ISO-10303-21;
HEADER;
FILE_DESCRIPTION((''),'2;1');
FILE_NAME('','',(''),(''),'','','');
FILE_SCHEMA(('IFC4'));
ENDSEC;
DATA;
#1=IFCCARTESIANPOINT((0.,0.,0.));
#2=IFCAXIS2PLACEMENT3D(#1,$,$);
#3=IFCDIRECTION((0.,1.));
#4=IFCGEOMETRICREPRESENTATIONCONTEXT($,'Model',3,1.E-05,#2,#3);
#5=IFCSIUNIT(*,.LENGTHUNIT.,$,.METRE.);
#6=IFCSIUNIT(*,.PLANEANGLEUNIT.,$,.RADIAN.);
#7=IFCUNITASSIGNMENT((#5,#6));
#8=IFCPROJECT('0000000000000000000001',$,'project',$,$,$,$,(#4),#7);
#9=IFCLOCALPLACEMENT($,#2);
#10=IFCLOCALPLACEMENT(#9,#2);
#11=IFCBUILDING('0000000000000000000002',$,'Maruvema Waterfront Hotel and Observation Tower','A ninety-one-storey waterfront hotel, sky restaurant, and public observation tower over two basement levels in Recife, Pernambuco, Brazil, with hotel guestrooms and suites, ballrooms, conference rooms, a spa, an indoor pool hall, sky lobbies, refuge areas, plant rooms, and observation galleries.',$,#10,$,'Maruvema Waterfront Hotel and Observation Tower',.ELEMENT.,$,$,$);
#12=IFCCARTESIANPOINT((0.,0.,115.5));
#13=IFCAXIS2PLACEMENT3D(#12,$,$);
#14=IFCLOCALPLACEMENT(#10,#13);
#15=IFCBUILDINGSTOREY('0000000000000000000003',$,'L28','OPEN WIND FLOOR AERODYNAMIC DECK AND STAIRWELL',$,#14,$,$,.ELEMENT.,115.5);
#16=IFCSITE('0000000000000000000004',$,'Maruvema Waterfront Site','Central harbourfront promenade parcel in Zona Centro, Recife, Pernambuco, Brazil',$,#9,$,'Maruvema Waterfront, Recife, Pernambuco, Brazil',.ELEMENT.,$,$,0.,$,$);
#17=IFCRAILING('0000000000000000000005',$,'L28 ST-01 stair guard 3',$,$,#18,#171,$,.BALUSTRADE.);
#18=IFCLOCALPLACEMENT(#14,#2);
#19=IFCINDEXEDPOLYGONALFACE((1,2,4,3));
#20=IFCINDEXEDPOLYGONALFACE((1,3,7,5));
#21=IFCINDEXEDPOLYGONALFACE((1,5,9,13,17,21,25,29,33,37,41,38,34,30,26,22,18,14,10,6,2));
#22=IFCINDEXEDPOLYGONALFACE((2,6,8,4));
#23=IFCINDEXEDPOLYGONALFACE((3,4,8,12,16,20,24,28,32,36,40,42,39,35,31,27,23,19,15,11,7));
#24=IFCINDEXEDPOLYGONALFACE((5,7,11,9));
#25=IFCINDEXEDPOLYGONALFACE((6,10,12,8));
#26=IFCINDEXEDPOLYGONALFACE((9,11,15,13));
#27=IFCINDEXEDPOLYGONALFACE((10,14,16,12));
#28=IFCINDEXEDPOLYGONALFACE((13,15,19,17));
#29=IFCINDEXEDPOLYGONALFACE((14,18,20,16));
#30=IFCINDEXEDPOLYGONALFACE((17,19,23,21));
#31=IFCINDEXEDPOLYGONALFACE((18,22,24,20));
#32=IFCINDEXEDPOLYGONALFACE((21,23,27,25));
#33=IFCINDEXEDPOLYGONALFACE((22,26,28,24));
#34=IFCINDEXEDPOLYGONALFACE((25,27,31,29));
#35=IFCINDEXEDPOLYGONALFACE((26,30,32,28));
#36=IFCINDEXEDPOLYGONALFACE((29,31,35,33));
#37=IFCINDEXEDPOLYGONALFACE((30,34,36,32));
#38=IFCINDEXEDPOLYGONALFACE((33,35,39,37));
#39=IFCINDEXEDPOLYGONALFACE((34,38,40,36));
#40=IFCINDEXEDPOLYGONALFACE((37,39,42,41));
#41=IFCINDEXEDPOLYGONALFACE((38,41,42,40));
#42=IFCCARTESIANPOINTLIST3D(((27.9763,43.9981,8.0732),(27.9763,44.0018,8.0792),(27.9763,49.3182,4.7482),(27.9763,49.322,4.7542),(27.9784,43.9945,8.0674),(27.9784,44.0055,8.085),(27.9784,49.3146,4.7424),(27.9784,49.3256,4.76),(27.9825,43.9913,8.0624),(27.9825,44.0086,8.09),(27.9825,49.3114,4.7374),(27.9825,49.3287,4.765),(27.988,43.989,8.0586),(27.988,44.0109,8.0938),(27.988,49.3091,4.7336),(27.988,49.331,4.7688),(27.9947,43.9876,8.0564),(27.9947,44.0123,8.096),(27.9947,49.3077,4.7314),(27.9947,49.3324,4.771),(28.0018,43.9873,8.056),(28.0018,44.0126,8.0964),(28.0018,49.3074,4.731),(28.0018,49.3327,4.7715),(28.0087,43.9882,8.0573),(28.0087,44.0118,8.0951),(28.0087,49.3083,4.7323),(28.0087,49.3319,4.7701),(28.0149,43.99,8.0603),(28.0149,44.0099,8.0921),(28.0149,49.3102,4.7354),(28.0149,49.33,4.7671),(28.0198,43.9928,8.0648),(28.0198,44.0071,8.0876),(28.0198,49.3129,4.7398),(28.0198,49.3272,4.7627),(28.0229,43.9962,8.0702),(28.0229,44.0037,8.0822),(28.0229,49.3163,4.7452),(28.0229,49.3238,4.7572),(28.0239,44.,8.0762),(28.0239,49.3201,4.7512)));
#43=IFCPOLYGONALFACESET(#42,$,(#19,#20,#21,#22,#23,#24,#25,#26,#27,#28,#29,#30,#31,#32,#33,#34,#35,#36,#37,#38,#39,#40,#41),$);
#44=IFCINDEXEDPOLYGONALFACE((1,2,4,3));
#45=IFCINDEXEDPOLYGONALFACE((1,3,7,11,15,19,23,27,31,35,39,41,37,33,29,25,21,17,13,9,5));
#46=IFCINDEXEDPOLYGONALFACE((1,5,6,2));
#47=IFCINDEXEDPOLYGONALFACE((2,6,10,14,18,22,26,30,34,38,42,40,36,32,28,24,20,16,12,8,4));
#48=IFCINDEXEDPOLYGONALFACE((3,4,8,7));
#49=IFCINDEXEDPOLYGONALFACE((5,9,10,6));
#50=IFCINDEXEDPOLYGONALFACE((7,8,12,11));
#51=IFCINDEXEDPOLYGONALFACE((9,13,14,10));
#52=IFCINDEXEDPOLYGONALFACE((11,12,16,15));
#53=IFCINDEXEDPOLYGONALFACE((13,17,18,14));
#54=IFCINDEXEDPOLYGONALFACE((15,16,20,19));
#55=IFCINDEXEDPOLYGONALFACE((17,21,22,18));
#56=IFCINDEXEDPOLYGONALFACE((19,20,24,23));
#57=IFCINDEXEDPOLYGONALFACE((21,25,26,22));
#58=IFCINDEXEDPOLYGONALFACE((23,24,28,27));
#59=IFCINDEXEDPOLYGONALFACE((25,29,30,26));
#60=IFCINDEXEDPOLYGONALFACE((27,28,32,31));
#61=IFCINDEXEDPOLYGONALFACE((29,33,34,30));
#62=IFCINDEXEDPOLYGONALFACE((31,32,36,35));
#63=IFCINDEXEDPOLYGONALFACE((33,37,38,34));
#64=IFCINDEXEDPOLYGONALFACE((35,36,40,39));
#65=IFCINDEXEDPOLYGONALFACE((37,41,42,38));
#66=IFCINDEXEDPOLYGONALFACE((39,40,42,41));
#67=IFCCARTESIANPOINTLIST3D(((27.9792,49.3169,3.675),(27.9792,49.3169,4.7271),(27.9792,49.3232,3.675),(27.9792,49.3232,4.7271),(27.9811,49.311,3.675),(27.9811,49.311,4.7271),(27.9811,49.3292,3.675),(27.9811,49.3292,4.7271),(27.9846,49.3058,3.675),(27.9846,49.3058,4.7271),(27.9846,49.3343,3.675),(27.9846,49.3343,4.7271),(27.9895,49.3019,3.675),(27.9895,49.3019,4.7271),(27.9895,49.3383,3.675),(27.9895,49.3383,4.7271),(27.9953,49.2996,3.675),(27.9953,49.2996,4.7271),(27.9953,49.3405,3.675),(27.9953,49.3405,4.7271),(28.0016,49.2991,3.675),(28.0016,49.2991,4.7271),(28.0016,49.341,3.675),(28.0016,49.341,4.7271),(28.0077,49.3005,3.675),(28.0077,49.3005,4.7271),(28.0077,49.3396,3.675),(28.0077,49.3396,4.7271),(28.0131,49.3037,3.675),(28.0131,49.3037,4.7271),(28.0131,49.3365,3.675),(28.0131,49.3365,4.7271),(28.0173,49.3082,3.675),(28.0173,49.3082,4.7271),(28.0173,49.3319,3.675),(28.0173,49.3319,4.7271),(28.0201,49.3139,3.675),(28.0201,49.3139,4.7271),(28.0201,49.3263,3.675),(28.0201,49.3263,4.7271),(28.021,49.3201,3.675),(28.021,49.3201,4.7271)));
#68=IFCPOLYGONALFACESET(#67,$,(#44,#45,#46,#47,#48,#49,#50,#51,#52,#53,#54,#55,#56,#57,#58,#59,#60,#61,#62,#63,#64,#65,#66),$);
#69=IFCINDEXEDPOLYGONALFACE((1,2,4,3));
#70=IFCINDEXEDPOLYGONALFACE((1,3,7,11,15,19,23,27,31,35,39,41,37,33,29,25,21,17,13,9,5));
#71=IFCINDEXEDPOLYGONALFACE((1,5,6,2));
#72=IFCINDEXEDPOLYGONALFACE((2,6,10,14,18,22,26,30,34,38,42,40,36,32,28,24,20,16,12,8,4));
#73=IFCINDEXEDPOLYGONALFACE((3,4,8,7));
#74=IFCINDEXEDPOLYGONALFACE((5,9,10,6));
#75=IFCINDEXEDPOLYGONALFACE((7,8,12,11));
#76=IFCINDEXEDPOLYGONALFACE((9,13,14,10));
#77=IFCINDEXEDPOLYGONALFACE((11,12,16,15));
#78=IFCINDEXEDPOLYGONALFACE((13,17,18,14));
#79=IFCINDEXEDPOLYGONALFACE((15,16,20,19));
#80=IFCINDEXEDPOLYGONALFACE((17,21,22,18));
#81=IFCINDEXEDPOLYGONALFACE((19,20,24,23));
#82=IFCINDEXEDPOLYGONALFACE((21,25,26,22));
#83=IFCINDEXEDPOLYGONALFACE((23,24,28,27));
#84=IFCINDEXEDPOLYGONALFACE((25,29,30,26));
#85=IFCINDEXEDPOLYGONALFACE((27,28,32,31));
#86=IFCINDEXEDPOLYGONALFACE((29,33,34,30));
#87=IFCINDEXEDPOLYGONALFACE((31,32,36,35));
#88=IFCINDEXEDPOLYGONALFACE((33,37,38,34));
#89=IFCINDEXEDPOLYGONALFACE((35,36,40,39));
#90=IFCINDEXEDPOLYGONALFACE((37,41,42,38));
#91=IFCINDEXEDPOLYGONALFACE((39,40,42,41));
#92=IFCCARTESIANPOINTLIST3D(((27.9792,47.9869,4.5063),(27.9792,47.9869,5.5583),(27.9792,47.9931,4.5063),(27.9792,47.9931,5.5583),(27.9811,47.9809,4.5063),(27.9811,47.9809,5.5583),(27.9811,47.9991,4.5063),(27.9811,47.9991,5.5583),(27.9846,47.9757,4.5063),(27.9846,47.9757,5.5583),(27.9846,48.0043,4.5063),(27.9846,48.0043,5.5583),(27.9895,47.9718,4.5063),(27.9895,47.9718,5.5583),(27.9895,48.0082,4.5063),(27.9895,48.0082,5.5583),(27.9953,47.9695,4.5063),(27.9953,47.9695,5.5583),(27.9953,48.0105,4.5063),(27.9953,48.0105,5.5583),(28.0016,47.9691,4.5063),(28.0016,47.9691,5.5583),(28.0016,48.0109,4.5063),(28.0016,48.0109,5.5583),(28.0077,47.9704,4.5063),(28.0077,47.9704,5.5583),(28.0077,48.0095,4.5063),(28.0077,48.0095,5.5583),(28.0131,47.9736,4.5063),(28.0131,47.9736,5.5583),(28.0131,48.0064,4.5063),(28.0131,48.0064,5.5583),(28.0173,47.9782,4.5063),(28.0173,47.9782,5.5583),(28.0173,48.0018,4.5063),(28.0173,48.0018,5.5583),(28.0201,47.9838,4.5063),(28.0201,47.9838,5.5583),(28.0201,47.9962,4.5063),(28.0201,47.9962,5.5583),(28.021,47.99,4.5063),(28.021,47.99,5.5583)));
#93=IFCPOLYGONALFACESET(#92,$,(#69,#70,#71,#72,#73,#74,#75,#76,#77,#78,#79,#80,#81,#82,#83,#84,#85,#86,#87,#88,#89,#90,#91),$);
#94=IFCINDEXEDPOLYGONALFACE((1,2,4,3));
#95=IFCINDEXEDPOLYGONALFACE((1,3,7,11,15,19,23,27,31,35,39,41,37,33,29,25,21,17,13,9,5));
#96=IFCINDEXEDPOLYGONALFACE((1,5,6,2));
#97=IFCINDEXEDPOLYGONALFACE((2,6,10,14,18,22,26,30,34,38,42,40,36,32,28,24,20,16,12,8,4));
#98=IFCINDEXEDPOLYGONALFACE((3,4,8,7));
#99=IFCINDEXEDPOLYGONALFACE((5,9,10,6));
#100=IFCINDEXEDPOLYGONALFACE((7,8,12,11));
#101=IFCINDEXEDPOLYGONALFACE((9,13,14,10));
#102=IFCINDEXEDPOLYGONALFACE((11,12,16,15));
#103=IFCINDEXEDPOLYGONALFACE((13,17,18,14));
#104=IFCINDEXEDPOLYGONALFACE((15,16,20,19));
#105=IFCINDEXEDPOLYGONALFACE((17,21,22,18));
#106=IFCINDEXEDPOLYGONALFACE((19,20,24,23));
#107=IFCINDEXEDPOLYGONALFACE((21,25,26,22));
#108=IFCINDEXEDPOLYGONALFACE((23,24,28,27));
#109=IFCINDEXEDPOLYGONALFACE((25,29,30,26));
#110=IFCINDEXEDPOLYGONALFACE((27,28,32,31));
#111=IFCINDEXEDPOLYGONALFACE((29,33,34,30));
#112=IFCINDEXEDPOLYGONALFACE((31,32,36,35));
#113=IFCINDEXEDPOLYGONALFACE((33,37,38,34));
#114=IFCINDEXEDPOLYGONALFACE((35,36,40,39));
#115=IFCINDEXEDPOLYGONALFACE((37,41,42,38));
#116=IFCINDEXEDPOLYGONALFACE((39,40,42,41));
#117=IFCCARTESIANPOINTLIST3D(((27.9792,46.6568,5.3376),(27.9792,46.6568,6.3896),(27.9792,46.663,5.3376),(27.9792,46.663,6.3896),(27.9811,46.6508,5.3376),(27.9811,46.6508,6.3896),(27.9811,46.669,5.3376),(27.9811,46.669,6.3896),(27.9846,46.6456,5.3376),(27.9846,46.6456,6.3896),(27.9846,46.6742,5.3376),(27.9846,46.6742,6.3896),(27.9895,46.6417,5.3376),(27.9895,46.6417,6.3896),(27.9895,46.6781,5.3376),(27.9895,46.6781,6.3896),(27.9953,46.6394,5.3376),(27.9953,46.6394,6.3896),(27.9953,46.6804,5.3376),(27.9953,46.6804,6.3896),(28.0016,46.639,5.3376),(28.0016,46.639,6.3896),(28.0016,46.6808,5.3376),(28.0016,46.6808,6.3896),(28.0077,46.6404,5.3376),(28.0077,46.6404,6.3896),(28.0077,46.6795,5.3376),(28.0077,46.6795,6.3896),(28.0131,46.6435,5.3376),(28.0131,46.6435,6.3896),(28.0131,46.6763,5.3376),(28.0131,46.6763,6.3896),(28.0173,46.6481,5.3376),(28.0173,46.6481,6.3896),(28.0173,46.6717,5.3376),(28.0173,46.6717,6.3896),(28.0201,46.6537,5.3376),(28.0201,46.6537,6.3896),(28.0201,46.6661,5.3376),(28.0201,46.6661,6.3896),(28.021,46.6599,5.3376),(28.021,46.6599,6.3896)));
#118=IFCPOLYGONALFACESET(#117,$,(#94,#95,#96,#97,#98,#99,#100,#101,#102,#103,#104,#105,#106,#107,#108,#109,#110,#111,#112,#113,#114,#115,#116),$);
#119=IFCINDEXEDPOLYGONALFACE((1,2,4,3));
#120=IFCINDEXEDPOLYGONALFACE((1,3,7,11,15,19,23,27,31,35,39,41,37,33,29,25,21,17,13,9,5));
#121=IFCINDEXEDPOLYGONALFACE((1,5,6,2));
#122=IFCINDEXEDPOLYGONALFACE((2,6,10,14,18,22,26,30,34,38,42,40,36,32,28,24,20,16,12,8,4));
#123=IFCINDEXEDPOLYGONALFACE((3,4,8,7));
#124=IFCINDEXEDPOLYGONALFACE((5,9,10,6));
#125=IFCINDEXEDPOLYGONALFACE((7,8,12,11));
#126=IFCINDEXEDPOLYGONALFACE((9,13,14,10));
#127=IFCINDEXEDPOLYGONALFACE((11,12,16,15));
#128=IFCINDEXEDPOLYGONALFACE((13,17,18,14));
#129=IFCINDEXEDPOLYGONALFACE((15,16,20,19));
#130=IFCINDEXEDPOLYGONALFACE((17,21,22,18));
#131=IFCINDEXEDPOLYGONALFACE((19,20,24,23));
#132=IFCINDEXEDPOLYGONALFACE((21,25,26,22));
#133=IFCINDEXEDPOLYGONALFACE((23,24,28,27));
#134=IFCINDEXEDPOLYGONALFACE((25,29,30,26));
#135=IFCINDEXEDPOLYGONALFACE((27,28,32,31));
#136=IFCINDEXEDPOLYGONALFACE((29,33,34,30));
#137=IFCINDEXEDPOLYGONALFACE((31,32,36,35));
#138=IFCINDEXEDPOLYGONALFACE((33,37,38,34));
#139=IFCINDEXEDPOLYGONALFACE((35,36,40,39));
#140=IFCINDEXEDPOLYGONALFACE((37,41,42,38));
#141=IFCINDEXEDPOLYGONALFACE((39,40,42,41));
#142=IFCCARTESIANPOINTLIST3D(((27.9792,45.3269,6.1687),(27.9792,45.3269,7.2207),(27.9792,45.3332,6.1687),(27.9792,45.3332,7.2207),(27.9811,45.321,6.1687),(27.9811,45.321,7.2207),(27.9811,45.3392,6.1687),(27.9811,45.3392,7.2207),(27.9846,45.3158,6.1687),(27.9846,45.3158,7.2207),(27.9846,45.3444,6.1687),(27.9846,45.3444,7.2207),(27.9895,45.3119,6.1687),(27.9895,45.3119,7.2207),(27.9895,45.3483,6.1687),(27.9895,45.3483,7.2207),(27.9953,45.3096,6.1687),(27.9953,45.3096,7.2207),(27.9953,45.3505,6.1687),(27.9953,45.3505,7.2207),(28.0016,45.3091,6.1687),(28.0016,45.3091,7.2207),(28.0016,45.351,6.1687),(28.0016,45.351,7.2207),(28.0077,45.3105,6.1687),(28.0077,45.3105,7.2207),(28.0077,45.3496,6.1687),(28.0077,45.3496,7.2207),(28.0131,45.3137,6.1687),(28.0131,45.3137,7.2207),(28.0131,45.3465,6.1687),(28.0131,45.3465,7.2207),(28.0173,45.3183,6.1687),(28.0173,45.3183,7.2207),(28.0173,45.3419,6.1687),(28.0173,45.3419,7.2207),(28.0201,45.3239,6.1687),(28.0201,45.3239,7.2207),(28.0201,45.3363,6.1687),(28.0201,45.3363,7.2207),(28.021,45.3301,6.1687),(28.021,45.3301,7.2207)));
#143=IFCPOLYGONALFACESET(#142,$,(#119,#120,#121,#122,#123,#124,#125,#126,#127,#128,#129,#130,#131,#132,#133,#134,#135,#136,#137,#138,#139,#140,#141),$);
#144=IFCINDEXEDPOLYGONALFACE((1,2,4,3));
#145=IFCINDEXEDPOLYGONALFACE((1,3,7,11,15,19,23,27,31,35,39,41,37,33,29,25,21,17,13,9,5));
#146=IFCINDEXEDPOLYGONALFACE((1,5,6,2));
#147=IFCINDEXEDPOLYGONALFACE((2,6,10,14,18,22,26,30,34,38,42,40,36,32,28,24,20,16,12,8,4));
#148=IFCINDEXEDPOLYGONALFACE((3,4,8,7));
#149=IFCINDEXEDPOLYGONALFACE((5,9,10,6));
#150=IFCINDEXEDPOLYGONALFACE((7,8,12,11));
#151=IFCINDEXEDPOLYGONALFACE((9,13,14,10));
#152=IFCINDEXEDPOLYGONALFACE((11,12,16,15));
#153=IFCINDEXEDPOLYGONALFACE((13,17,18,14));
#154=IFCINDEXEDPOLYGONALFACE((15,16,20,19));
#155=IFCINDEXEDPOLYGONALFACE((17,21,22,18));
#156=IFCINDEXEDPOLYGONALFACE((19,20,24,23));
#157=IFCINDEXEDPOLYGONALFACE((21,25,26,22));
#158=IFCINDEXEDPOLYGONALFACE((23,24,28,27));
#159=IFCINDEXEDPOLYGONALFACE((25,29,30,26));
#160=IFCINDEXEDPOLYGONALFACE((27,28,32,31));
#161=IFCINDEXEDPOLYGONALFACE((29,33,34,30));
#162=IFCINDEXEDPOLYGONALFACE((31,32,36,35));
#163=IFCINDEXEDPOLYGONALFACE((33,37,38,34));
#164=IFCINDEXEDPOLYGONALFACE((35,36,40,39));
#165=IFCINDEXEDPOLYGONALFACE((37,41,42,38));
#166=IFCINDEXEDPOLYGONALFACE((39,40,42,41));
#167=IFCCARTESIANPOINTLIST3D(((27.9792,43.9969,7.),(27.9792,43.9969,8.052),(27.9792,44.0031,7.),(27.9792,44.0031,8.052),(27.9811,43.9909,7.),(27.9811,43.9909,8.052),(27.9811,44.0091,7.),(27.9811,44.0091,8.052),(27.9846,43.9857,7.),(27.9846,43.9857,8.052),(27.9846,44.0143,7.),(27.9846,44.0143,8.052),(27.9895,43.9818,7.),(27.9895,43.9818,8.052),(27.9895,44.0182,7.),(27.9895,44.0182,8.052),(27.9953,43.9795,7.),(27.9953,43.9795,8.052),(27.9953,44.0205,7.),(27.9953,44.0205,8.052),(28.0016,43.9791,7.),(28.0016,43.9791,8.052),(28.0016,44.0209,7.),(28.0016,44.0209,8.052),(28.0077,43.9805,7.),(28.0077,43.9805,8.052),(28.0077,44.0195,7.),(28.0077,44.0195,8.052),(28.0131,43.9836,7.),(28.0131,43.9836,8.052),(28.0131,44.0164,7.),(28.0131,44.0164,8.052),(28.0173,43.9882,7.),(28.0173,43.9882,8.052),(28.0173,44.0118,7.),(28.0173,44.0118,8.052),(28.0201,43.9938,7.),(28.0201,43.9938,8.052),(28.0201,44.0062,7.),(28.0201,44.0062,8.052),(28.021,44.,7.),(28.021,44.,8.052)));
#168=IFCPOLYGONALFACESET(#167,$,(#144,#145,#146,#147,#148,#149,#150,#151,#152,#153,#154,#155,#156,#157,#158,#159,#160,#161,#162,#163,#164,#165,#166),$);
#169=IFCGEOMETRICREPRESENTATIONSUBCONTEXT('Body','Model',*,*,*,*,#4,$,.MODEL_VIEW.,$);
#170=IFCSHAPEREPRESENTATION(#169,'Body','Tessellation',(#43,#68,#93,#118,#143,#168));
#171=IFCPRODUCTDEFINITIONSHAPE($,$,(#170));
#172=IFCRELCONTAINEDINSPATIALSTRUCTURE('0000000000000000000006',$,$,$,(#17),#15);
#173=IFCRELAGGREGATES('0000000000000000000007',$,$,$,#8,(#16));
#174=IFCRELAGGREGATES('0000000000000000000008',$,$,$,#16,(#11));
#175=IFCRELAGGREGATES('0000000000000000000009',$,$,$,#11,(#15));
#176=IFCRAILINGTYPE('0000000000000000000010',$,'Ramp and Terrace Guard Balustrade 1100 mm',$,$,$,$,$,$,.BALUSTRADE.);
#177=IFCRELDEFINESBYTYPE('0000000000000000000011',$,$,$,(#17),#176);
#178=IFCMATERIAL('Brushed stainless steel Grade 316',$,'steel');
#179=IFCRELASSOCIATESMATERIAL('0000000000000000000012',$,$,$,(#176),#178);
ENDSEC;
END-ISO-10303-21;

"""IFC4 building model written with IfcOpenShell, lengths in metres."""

from ifc_helpers import new_model, si_unit, direction, frame, origin, origin_2d, place, context, subcontext, project, spatial, circle, extrude, material, type_object, element, save


model = new_model("IFC4")

# Units and contexts
model_context = context("Model", 3, precision=1e-05, world=origin(), true_north=direction((0.0, 1.0)))
body_context = subcontext(model_context, "Body", "Model", "MODEL_VIEW")
ifc_project = project(units=[si_unit("LENGTHUNIT", "METRE"), si_unit("PLANEANGLEUNIT", "RADIAN")], contexts=[model_context])

# Site, building, storey
site_placement = place(None, origin())
site = spatial("IfcSite", under=ifc_project, at=site_placement, Name="Maruvema Waterfront Site", Description="Central harbourfront promenade parcel in Zona Centro, Recife, Pernambuco, Brazil", LongName="Maruvema Waterfront, Recife, Pernambuco, Brazil", CompositionType="ELEMENT", RefElevation=0.0)
building_placement = place(site_placement, origin())
building = spatial("IfcBuilding", under=site, at=building_placement, Name="Maruvema Waterfront Hotel and Observation Tower", Description="A ninety-one-storey waterfront hotel, sky restaurant, and public observation tower over two basement levels in Recife, Pernambuco, Brazil, with hotel guestrooms and suites, ballrooms, conference rooms, a spa, an indoor pool hall, sky lobbies, refuge areas, plant rooms, and observation galleries.", LongName="Maruvema Waterfront Hotel and Observation Tower", CompositionType="ELEMENT")
storey_placement = place(building_placement, frame((0.0, 0.0, 115.5)))
storey = spatial("IfcBuildingStorey", under=building, at=storey_placement, Name="L28", Description="OPEN WIND FLOOR AERODYNAMIC DECK AND STAIRWELL", CompositionType="ELEMENT", Elevation=115.5)

# Railing
ifc_material_1 = material(Name="Brushed stainless steel Grade 316", Category="steel")
railing_type_1 = type_object("IfcRailingType", Name="Ramp and Terrace Guard Balustrade 1100 mm", PredefinedType="BALUSTRADE", material=ifc_material_1)
railing_1_placement = place(storey_placement, frame((28.0, 49.3201, 3.675)))
element("IfcRailing", 1, at=railing_1_placement, inside=storey, type_object=railing_type_1, Name="L28 ST-01 stair guard 3", PredefinedType="BALUSTRADE", context=body_context, shape_type="SweptSolid", body=[
    extrude(circle(Radius=0.0239, at=origin_2d()), frame((0.0, 0.0, 1.0762), z_axis=(0.0, -0.848005, 0.529988), x_axis=(1.0, 0.0, 0.0)), (0.0, 0.0, 1.0), 6.2737),
    extrude(circle(Radius=0.021, at=origin_2d()), origin(), (0.0, 0.0, 1.0), 1.052),
    extrude(circle(Radius=0.021, at=origin_2d()), frame((0.0, -1.3301, 0.8313)), (0.0, 0.0, 1.0), 1.052),
    extrude(circle(Radius=0.021, at=origin_2d()), frame((0.0, -2.6602, 1.6626)), (0.0, 0.0, 1.0), 1.052),
    extrude(circle(Radius=0.021, at=origin_2d()), frame((0.0, -3.99, 2.4937)), (0.0, 0.0, 1.0), 1.052),
    extrude(circle(Radius=0.021, at=origin_2d()), frame((0.0, -5.3201, 3.325)), (0.0, 0.0, 1.0), 1.052),
])

save(model, "model.ifc")
